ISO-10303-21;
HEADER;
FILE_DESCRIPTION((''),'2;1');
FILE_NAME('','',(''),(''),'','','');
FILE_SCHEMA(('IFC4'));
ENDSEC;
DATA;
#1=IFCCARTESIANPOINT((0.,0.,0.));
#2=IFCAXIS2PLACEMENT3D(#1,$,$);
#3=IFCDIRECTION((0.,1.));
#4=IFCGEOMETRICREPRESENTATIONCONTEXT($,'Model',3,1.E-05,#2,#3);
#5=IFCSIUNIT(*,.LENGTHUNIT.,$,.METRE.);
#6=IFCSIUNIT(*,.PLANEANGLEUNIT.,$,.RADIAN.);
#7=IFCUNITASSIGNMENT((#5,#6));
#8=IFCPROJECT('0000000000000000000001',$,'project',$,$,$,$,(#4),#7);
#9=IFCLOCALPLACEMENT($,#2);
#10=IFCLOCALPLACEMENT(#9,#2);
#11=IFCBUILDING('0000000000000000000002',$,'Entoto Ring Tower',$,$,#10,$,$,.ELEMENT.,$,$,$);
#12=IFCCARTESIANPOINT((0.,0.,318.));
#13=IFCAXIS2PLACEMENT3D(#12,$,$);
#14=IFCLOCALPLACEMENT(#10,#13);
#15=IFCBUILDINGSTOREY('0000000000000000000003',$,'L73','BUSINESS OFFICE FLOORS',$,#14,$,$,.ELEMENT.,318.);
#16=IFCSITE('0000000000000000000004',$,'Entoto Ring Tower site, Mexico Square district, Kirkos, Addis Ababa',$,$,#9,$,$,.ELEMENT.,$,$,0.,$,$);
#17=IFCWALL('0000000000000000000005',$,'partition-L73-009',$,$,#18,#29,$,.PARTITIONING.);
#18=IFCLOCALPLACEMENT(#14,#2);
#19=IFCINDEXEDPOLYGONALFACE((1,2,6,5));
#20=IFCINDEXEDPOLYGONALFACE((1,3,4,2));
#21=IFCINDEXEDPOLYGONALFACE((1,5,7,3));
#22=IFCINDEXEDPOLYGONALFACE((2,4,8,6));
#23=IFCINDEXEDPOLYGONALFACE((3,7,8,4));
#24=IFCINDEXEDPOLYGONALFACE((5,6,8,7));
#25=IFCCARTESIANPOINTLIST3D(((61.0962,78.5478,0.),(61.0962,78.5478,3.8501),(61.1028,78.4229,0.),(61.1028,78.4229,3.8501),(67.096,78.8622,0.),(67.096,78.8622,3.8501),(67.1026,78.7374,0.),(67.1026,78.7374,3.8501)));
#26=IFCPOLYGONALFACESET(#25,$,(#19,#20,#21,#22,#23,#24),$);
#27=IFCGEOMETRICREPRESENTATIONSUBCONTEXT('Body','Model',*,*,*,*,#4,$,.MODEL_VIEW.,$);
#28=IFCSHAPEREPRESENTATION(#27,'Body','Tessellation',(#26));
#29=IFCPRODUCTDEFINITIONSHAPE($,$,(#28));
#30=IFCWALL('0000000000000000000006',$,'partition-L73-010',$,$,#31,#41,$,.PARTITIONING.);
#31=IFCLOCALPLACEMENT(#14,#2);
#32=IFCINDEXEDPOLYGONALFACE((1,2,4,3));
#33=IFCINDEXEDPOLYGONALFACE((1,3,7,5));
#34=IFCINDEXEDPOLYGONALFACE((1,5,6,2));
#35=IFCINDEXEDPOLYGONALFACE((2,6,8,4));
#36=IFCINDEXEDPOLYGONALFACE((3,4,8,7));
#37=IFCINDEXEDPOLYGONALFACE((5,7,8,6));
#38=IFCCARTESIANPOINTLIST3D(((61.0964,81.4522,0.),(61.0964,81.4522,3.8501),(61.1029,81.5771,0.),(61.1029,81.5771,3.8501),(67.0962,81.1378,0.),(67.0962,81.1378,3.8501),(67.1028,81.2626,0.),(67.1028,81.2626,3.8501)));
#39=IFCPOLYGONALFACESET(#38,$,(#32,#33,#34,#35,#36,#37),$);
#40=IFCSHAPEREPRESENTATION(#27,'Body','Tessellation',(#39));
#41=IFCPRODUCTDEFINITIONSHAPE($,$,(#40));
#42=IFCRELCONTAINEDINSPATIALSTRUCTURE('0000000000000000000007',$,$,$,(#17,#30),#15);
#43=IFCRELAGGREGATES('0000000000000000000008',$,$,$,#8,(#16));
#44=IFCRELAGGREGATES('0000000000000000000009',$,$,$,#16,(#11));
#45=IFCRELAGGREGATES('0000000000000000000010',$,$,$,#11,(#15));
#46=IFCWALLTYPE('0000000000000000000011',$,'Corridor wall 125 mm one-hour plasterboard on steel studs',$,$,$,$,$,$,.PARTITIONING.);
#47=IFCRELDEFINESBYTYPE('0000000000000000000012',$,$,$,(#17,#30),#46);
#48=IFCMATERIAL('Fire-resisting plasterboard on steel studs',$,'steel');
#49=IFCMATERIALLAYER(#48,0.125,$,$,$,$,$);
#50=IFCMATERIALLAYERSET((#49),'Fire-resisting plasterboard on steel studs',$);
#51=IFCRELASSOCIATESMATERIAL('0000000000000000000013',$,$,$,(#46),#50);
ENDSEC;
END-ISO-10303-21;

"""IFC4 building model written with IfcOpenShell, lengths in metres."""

from ifc_helpers import new_model, si_unit, direction, frame, frame_2d, origin, place, context, subcontext, project, spatial, rectangle, extrude, material, layer, layer_set, type_object, element, save


model = new_model("IFC4")

# Units and contexts
model_context = context("Model", 3, precision=1e-05, world=origin(), true_north=direction((0.0, 1.0)))
body_context = subcontext(model_context, "Body", "Model", "MODEL_VIEW")
ifc_project = project(units=[si_unit("LENGTHUNIT", "METRE"), si_unit("PLANEANGLEUNIT", "RADIAN")], contexts=[model_context])

# Site, building, storey
site_placement = place(None, origin())
site = spatial("IfcSite", under=ifc_project, at=site_placement, Name="Entoto Ring Tower site, Mexico Square district, Kirkos, Addis Ababa", CompositionType="ELEMENT", RefElevation=0.0)
building_placement = place(site_placement, origin())
building = spatial("IfcBuilding", under=site, at=building_placement, Name="Entoto Ring Tower", CompositionType="ELEMENT")
storey_placement = place(building_placement, frame((0.0, 0.0, 318.0)))
storey = spatial("IfcBuildingStorey", under=building, at=storey_placement, Name="L73", Description="BUSINESS OFFICE FLOORS", CompositionType="ELEMENT", Elevation=318.0)

# Shared definitions
ifc_material_1 = material(Name="Fire-resisting plasterboard on steel studs", Category="steel")
ifc_layer_1 = layer(ifc_material_1, 0.125)
ifc_layer_set_1 = layer_set([ifc_layer_1], Name="Fire-resisting plasterboard on steel studs")
wall_type_1 = type_object("IfcWallType", Name="Corridor wall 125 mm one-hour plasterboard on steel studs", PredefinedType="PARTITIONING", material=ifc_layer_set_1)

# Walls
for number, where, z_axis, x_axis, name in (
    (1, (61.0996, 78.4854, 0.0), (0.0, 0.0, 1.0), (0.998629, 0.052339, 0.0), "partition-L73-009"),
    (2, (67.0994, 81.2002, 0.0), (0.0, 0.0, 1.0), (-0.998629, 0.052339, 0.0), "partition-L73-010"),
):
    element("IfcWall", number, at=place(storey_placement, frame(where, z_axis=z_axis, x_axis=x_axis)), inside=storey, type_object=wall_type_1, Name=name, PredefinedType="PARTITIONING", context=body_context, shape_type="SweptSolid", body=[
        extrude(rectangle(XDim=6.0081, YDim=0.125, at=frame_2d((3.0039, 0.0))), origin(), (0.0, 0.0, 1.0), 3.8501),
    ])

save(model, "model.ifc")
